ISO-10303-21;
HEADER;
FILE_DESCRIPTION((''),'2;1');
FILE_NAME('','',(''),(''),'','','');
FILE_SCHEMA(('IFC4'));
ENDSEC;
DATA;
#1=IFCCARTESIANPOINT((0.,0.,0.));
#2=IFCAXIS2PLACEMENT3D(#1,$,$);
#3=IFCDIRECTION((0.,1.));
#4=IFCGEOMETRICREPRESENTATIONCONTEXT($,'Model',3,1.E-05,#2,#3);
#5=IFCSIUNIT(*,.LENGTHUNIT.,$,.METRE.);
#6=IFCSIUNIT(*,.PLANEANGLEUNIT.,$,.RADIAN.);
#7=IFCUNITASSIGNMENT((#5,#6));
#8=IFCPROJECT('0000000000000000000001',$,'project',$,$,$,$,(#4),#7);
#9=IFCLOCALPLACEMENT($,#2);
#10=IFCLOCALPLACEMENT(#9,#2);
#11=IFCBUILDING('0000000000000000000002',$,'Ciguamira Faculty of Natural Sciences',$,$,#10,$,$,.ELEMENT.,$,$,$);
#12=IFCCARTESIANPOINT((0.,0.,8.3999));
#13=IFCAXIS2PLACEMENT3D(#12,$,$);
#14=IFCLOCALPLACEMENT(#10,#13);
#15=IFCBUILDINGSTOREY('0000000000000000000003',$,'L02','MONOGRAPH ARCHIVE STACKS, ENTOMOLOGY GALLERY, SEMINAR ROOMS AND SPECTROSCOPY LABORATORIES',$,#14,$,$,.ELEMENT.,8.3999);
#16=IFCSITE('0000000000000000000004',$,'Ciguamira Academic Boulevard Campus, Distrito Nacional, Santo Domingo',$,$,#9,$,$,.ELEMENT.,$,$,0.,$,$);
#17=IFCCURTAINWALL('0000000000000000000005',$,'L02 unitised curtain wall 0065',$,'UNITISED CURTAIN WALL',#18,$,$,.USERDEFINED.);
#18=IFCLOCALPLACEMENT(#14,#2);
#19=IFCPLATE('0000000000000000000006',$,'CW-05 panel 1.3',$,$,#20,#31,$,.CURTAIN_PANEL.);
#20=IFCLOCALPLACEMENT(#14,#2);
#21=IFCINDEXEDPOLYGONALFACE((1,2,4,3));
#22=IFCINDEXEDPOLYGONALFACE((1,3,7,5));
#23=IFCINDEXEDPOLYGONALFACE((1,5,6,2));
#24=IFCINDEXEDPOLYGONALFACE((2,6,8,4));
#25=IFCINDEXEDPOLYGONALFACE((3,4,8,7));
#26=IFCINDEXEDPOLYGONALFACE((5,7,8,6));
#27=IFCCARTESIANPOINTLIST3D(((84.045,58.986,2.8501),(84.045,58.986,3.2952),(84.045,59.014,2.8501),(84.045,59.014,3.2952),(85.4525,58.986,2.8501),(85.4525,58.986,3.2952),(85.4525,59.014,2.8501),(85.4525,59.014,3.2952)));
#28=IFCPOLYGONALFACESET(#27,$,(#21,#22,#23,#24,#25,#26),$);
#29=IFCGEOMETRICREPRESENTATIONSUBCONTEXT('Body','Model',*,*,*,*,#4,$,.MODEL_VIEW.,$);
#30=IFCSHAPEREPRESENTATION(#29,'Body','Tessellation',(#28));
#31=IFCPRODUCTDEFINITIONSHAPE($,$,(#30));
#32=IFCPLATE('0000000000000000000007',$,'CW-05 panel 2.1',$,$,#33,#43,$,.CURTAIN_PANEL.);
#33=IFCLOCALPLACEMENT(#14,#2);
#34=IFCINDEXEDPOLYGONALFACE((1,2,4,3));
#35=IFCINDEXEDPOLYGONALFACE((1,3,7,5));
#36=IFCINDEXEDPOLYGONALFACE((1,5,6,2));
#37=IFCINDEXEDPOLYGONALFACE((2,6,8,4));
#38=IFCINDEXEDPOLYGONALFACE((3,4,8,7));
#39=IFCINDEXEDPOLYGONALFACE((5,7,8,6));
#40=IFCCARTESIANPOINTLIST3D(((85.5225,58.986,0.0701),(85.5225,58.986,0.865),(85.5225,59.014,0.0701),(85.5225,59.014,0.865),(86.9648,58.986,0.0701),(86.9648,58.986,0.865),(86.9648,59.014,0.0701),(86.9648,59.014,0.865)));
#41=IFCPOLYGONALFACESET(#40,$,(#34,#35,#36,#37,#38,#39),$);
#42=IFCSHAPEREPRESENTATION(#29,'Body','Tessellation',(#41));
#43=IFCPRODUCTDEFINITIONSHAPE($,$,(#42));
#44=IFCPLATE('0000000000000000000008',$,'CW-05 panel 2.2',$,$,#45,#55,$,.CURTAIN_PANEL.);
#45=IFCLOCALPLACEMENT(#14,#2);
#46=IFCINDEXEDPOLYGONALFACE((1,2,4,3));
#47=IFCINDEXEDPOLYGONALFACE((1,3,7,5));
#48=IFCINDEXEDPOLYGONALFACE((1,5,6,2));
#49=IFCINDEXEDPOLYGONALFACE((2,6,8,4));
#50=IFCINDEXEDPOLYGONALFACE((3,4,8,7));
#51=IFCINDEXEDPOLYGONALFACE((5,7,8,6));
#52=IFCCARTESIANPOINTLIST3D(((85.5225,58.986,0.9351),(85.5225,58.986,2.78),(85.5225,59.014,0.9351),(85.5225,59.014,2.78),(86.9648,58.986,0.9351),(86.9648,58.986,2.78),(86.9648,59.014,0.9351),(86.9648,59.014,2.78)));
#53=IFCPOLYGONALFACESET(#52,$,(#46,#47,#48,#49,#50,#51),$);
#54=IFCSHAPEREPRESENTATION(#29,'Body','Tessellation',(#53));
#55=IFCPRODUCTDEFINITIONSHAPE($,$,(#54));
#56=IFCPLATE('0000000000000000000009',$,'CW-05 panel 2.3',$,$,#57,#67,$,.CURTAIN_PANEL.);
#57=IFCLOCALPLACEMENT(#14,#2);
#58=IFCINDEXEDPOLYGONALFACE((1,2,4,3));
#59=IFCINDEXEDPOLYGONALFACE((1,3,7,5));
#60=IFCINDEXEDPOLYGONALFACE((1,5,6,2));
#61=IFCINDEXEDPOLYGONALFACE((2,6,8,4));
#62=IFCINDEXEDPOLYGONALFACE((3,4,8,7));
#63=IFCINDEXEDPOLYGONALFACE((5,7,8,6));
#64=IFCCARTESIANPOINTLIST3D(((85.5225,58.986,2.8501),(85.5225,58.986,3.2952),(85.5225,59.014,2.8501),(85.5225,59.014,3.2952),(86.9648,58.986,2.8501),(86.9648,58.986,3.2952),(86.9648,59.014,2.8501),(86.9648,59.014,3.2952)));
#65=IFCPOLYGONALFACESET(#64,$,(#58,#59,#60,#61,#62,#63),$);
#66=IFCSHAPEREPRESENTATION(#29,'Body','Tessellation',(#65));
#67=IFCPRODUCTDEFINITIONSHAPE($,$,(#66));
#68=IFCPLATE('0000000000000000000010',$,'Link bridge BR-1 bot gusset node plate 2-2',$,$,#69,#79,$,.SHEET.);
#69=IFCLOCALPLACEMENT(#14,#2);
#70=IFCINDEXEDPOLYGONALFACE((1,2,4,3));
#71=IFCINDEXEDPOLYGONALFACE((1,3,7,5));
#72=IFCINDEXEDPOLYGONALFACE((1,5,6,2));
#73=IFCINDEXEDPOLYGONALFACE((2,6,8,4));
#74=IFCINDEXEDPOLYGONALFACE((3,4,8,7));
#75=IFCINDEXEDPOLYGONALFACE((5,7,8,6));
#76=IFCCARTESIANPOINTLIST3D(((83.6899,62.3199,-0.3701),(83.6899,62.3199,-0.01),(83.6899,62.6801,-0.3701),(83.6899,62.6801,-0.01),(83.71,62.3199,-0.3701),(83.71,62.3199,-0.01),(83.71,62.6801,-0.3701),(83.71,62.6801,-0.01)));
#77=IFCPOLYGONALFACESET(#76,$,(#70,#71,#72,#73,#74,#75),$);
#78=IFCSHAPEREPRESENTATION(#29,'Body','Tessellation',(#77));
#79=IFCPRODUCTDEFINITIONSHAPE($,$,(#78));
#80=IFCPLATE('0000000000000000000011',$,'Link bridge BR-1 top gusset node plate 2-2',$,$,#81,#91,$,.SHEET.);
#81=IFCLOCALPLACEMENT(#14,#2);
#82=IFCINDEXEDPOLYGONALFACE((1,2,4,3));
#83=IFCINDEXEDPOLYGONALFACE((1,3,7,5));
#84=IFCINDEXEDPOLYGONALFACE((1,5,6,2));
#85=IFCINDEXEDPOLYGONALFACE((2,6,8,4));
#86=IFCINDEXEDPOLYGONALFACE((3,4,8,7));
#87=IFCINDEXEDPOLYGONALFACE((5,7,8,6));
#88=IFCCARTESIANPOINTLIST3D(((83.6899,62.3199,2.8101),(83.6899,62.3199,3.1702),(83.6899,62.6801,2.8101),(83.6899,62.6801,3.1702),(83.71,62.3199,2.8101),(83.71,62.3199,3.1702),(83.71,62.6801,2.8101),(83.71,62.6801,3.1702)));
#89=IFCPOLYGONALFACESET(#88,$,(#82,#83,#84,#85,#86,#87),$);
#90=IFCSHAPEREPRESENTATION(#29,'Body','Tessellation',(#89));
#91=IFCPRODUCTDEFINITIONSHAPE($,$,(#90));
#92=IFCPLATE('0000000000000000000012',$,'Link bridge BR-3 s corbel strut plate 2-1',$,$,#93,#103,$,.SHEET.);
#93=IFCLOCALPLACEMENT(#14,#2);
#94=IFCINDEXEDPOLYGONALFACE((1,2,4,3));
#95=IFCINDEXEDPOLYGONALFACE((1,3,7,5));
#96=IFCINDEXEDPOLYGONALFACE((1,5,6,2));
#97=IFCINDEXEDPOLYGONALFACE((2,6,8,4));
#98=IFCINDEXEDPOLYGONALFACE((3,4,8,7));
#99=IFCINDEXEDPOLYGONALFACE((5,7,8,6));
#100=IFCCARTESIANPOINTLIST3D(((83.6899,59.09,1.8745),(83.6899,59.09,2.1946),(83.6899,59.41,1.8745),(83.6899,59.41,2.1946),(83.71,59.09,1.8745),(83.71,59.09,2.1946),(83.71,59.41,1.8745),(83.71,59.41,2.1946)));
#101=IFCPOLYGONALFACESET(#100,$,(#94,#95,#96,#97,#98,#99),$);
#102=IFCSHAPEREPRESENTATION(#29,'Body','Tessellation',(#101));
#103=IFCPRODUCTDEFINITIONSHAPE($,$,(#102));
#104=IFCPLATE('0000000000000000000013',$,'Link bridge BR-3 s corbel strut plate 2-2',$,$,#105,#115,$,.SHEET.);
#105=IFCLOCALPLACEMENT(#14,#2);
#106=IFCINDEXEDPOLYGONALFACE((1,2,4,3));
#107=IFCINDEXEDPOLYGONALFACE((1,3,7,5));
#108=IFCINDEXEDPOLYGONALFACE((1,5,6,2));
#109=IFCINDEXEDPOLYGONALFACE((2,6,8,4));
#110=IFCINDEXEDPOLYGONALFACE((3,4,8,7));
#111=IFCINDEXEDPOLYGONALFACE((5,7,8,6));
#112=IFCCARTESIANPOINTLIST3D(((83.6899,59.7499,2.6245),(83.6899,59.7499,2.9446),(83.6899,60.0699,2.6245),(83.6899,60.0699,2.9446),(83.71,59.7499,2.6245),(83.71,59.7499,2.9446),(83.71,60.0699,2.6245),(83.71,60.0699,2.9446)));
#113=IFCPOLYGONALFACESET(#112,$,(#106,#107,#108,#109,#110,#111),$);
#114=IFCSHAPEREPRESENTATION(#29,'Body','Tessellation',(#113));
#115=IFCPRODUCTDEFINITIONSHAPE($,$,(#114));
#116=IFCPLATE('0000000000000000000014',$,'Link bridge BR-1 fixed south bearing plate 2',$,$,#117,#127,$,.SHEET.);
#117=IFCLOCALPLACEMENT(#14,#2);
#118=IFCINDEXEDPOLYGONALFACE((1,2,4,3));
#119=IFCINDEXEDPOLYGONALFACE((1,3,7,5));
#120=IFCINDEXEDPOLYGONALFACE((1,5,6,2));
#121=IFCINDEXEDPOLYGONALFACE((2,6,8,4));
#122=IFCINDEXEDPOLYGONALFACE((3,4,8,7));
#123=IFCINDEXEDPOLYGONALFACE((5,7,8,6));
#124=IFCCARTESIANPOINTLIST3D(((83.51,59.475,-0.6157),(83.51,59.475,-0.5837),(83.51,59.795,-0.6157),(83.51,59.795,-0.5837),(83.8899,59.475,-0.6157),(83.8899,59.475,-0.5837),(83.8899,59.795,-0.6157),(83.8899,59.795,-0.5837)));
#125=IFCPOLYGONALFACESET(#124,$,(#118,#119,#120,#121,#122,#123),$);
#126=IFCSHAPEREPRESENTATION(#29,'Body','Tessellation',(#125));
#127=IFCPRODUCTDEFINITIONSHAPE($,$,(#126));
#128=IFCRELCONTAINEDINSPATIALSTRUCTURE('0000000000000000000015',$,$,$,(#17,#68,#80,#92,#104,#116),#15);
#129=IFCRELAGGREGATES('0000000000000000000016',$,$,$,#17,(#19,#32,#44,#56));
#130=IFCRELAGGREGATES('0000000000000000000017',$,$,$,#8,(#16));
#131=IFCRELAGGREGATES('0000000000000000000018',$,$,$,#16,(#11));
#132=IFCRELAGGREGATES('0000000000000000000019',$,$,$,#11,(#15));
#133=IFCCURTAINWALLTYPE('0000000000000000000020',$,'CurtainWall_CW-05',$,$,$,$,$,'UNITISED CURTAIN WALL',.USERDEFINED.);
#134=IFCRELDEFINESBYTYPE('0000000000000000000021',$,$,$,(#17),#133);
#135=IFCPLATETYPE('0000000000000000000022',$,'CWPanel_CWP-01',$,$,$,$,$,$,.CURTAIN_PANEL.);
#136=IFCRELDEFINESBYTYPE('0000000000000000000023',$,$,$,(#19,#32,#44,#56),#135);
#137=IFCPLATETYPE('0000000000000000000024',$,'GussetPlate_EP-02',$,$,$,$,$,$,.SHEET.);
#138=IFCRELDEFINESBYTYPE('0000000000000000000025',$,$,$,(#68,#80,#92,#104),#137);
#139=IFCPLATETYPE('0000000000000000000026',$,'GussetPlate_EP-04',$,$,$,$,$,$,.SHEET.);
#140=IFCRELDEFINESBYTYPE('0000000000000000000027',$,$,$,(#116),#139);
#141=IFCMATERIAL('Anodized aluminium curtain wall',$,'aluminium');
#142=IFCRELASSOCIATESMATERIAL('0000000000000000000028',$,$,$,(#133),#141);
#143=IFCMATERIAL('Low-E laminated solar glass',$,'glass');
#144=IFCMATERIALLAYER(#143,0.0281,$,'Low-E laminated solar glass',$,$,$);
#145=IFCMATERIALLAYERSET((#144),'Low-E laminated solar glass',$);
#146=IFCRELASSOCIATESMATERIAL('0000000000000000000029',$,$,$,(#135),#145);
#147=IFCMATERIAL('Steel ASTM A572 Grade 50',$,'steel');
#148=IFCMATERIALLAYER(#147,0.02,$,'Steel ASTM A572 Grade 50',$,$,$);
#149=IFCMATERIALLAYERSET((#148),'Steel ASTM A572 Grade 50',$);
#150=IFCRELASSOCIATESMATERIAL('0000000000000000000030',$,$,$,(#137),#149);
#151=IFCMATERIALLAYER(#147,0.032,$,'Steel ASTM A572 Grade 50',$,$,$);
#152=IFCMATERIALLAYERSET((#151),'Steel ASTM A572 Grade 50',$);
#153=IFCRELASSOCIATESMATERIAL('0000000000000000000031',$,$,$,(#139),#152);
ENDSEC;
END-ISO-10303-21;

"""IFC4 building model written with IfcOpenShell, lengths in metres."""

from ifc_helpers import new_model, si_unit, direction, frame, origin, origin_2d, place, context, subcontext, project, spatial, rectangle, extrude, material, layer, layer_set, type_object, element, aggregate, save


model = new_model("IFC4")

# Units and contexts
model_context = context("Model", 3, precision=1e-05, world=origin(), true_north=direction((0.0, 1.0)))
body_context = subcontext(model_context, "Body", "Model", "MODEL_VIEW")
ifc_project = project(units=[si_unit("LENGTHUNIT", "METRE"), si_unit("PLANEANGLEUNIT", "RADIAN")], contexts=[model_context])

# Site, building, storey
site_placement = place(None, origin())
site = spatial("IfcSite", under=ifc_project, at=site_placement, Name="Ciguamira Academic Boulevard Campus, Distrito Nacional, Santo Domingo", CompositionType="ELEMENT", RefElevation=0.0)
building_placement = place(site_placement, origin())
building = spatial("IfcBuilding", under=site, at=building_placement, Name="Ciguamira Faculty of Natural Sciences", CompositionType="ELEMENT")
storey_placement = place(building_placement, frame((0.0, 0.0, 8.3999)))
storey = spatial("IfcBuildingStorey", under=building, at=storey_placement, Name="L02", Description="MONOGRAPH ARCHIVE STACKS, ENTOMOLOGY GALLERY, SEMINAR ROOMS AND SPECTROSCOPY LABORATORIES", CompositionType="ELEMENT", Elevation=8.3999)

# Curtain wall
ifc_material_1 = material(Name="Anodized aluminium curtain wall", Category="aluminium")
curtain_wall_type = type_object("IfcCurtainWallType", Name="CurtainWall_CW-05", ElementType="UNITISED CURTAIN WALL", PredefinedType="USERDEFINED", material=ifc_material_1)
curtain_wall_placement = place(storey_placement, origin())
curtain_wall = element("IfcCurtainWall", 1, at=curtain_wall_placement, inside=storey, type_object=curtain_wall_type, Name="L02 unitised curtain wall 0065", ObjectType="UNITISED CURTAIN WALL", PredefinedType="USERDEFINED")

# Plates
ifc_material_2 = material(Name="Low-E laminated solar glass", Category="glass")
ifc_layer_1 = layer(ifc_material_2, 0.0281, Name="Low-E laminated solar glass")
ifc_layer_set_1 = layer_set([ifc_layer_1], Name="Low-E laminated solar glass")
plate_type_1 = type_object("IfcPlateType", Name="CWPanel_CWP-01", PredefinedType="CURTAIN_PANEL", material=ifc_layer_set_1)
plate_1_placement = place(storey_placement, frame((84.7488, 59.0, 2.8501), z_axis=(0.0, 0.0, 1.0), x_axis=(1.0, 0.0, 0.0)))
plate_1 = element("IfcPlate", 2, at=plate_1_placement, type_object=plate_type_1, Name="CW-05 panel 1.3", PredefinedType="CURTAIN_PANEL", context=body_context, shape_type="SweptSolid", body=[
    extrude(rectangle(XDim=1.4075, YDim=0.0281, at=origin_2d()), origin(), (0.0, 0.0, 1.0), 0.4451),
])
plate_2_placement = place(storey_placement, frame((86.2437, 59.0, 0.0701), z_axis=(0.0, 0.0, 1.0), x_axis=(1.0, 0.0, 0.0)))
plate_2 = element("IfcPlate", 3, at=plate_2_placement, type_object=plate_type_1, Name="CW-05 panel 2.1", PredefinedType="CURTAIN_PANEL", context=body_context, shape_type="SweptSolid", body=[
    extrude(rectangle(XDim=1.4424, YDim=0.0281, at=origin_2d()), origin(), (0.0, 0.0, 1.0), 0.7949),
])
plate_3_placement = place(storey_placement, frame((86.2437, 59.0, 0.9351), z_axis=(0.0, 0.0, 1.0), x_axis=(1.0, 0.0, 0.0)))
plate_3 = element("IfcPlate", 4, at=plate_3_placement, type_object=plate_type_1, Name="CW-05 panel 2.2", PredefinedType="CURTAIN_PANEL", context=body_context, shape_type="SweptSolid", body=[
    extrude(rectangle(XDim=1.4424, YDim=0.0281, at=origin_2d()), origin(), (0.0, 0.0, 1.0), 1.845),
])
plate_4_placement = place(storey_placement, frame((86.2437, 59.0, 2.8501), z_axis=(0.0, 0.0, 1.0), x_axis=(1.0, 0.0, 0.0)))
plate_4 = element("IfcPlate", 5, at=plate_4_placement, type_object=plate_type_1, Name="CW-05 panel 2.3", PredefinedType="CURTAIN_PANEL", context=body_context, shape_type="SweptSolid", body=[
    extrude(rectangle(XDim=1.4424, YDim=0.0281, at=origin_2d()), origin(), (0.0, 0.0, 1.0), 0.4451),
])
aggregate(curtain_wall, [plate_1, plate_2, plate_3, plate_4])

# Plates
ifc_material_3 = material(Name="Steel ASTM A572 Grade 50", Category="steel")
ifc_layer_2 = layer(ifc_material_3, 0.02, Name="Steel ASTM A572 Grade 50")
ifc_layer_set_2 = layer_set([ifc_layer_2], Name="Steel ASTM A572 Grade 50")
plate_type_2 = type_object("IfcPlateType", Name="GussetPlate_EP-02", PredefinedType="SHEET", material=ifc_layer_set_2)
for number, where, z_axis, x_axis, name in (
    (6, (83.7, 62.5, -0.3701), (0.0, 0.0, 1.0), (1.0, 0.0, 0.0), "Link bridge BR-1 bot gusset node plate 2-2"),
    (7, (83.7, 62.5, 2.8101), (0.0, 0.0, 1.0), (1.0, 0.0, 0.0), "Link bridge BR-1 top gusset node plate 2-2"),
):
    element("IfcPlate", number, at=place(storey_placement, frame(where, z_axis=z_axis, x_axis=x_axis)), inside=storey, type_object=plate_type_2, Name=name, PredefinedType="SHEET", context=body_context, shape_type="SweptSolid", body=[
        extrude(rectangle(XDim=0.02, YDim=0.3601, at=origin_2d()), origin(), (0.0, 0.0, 1.0), 0.3601),
    ])
for number, where, z_axis, x_axis, name in (
    (8, (83.7, 59.25, 1.8745), (0.0, 0.0, 1.0), (1.0, 0.0, 0.0), "Link bridge BR-3 s corbel strut plate 2-1"),
    (9, (83.7, 59.9099, 2.6245), (0.0, 0.0, 1.0), (1.0, 0.0, 0.0), "Link bridge BR-3 s corbel strut plate 2-2"),
):
    element("IfcPlate", number, at=place(storey_placement, frame(where, z_axis=z_axis, x_axis=x_axis)), inside=storey, type_object=plate_type_2, Name=name, PredefinedType="SHEET", context=body_context, shape_type="SweptSolid", body=[
        extrude(rectangle(XDim=0.02, YDim=0.3201, at=origin_2d()), origin(), (0.0, 0.0, 1.0), 0.3201),
    ])
ifc_layer_3 = layer(ifc_material_3, 0.032, Name="Steel ASTM A572 Grade 50")
ifc_layer_set_3 = layer_set([ifc_layer_3], Name="Steel ASTM A572 Grade 50")
plate_type_3 = type_object("IfcPlateType", Name="GussetPlate_EP-04", PredefinedType="SHEET", material=ifc_layer_set_3)
plate_5_placement = place(storey_placement, frame((83.7, 59.635, -0.6157), z_axis=(0.0, 0.0, 1.0), x_axis=(1.0, 0.0, 0.0)))
element("IfcPlate", 10, at=plate_5_placement, inside=storey, type_object=plate_type_3, Name="Link bridge BR-1 fixed south bearing plate 2", PredefinedType="SHEET", context=body_context, shape_type="SweptSolid", body=[
    extrude(rectangle(XDim=0.3799, YDim=0.3201, at=origin_2d()), origin(), (0.0, 0.0, 1.0), 0.032),
])

save(model, "model.ifc")
